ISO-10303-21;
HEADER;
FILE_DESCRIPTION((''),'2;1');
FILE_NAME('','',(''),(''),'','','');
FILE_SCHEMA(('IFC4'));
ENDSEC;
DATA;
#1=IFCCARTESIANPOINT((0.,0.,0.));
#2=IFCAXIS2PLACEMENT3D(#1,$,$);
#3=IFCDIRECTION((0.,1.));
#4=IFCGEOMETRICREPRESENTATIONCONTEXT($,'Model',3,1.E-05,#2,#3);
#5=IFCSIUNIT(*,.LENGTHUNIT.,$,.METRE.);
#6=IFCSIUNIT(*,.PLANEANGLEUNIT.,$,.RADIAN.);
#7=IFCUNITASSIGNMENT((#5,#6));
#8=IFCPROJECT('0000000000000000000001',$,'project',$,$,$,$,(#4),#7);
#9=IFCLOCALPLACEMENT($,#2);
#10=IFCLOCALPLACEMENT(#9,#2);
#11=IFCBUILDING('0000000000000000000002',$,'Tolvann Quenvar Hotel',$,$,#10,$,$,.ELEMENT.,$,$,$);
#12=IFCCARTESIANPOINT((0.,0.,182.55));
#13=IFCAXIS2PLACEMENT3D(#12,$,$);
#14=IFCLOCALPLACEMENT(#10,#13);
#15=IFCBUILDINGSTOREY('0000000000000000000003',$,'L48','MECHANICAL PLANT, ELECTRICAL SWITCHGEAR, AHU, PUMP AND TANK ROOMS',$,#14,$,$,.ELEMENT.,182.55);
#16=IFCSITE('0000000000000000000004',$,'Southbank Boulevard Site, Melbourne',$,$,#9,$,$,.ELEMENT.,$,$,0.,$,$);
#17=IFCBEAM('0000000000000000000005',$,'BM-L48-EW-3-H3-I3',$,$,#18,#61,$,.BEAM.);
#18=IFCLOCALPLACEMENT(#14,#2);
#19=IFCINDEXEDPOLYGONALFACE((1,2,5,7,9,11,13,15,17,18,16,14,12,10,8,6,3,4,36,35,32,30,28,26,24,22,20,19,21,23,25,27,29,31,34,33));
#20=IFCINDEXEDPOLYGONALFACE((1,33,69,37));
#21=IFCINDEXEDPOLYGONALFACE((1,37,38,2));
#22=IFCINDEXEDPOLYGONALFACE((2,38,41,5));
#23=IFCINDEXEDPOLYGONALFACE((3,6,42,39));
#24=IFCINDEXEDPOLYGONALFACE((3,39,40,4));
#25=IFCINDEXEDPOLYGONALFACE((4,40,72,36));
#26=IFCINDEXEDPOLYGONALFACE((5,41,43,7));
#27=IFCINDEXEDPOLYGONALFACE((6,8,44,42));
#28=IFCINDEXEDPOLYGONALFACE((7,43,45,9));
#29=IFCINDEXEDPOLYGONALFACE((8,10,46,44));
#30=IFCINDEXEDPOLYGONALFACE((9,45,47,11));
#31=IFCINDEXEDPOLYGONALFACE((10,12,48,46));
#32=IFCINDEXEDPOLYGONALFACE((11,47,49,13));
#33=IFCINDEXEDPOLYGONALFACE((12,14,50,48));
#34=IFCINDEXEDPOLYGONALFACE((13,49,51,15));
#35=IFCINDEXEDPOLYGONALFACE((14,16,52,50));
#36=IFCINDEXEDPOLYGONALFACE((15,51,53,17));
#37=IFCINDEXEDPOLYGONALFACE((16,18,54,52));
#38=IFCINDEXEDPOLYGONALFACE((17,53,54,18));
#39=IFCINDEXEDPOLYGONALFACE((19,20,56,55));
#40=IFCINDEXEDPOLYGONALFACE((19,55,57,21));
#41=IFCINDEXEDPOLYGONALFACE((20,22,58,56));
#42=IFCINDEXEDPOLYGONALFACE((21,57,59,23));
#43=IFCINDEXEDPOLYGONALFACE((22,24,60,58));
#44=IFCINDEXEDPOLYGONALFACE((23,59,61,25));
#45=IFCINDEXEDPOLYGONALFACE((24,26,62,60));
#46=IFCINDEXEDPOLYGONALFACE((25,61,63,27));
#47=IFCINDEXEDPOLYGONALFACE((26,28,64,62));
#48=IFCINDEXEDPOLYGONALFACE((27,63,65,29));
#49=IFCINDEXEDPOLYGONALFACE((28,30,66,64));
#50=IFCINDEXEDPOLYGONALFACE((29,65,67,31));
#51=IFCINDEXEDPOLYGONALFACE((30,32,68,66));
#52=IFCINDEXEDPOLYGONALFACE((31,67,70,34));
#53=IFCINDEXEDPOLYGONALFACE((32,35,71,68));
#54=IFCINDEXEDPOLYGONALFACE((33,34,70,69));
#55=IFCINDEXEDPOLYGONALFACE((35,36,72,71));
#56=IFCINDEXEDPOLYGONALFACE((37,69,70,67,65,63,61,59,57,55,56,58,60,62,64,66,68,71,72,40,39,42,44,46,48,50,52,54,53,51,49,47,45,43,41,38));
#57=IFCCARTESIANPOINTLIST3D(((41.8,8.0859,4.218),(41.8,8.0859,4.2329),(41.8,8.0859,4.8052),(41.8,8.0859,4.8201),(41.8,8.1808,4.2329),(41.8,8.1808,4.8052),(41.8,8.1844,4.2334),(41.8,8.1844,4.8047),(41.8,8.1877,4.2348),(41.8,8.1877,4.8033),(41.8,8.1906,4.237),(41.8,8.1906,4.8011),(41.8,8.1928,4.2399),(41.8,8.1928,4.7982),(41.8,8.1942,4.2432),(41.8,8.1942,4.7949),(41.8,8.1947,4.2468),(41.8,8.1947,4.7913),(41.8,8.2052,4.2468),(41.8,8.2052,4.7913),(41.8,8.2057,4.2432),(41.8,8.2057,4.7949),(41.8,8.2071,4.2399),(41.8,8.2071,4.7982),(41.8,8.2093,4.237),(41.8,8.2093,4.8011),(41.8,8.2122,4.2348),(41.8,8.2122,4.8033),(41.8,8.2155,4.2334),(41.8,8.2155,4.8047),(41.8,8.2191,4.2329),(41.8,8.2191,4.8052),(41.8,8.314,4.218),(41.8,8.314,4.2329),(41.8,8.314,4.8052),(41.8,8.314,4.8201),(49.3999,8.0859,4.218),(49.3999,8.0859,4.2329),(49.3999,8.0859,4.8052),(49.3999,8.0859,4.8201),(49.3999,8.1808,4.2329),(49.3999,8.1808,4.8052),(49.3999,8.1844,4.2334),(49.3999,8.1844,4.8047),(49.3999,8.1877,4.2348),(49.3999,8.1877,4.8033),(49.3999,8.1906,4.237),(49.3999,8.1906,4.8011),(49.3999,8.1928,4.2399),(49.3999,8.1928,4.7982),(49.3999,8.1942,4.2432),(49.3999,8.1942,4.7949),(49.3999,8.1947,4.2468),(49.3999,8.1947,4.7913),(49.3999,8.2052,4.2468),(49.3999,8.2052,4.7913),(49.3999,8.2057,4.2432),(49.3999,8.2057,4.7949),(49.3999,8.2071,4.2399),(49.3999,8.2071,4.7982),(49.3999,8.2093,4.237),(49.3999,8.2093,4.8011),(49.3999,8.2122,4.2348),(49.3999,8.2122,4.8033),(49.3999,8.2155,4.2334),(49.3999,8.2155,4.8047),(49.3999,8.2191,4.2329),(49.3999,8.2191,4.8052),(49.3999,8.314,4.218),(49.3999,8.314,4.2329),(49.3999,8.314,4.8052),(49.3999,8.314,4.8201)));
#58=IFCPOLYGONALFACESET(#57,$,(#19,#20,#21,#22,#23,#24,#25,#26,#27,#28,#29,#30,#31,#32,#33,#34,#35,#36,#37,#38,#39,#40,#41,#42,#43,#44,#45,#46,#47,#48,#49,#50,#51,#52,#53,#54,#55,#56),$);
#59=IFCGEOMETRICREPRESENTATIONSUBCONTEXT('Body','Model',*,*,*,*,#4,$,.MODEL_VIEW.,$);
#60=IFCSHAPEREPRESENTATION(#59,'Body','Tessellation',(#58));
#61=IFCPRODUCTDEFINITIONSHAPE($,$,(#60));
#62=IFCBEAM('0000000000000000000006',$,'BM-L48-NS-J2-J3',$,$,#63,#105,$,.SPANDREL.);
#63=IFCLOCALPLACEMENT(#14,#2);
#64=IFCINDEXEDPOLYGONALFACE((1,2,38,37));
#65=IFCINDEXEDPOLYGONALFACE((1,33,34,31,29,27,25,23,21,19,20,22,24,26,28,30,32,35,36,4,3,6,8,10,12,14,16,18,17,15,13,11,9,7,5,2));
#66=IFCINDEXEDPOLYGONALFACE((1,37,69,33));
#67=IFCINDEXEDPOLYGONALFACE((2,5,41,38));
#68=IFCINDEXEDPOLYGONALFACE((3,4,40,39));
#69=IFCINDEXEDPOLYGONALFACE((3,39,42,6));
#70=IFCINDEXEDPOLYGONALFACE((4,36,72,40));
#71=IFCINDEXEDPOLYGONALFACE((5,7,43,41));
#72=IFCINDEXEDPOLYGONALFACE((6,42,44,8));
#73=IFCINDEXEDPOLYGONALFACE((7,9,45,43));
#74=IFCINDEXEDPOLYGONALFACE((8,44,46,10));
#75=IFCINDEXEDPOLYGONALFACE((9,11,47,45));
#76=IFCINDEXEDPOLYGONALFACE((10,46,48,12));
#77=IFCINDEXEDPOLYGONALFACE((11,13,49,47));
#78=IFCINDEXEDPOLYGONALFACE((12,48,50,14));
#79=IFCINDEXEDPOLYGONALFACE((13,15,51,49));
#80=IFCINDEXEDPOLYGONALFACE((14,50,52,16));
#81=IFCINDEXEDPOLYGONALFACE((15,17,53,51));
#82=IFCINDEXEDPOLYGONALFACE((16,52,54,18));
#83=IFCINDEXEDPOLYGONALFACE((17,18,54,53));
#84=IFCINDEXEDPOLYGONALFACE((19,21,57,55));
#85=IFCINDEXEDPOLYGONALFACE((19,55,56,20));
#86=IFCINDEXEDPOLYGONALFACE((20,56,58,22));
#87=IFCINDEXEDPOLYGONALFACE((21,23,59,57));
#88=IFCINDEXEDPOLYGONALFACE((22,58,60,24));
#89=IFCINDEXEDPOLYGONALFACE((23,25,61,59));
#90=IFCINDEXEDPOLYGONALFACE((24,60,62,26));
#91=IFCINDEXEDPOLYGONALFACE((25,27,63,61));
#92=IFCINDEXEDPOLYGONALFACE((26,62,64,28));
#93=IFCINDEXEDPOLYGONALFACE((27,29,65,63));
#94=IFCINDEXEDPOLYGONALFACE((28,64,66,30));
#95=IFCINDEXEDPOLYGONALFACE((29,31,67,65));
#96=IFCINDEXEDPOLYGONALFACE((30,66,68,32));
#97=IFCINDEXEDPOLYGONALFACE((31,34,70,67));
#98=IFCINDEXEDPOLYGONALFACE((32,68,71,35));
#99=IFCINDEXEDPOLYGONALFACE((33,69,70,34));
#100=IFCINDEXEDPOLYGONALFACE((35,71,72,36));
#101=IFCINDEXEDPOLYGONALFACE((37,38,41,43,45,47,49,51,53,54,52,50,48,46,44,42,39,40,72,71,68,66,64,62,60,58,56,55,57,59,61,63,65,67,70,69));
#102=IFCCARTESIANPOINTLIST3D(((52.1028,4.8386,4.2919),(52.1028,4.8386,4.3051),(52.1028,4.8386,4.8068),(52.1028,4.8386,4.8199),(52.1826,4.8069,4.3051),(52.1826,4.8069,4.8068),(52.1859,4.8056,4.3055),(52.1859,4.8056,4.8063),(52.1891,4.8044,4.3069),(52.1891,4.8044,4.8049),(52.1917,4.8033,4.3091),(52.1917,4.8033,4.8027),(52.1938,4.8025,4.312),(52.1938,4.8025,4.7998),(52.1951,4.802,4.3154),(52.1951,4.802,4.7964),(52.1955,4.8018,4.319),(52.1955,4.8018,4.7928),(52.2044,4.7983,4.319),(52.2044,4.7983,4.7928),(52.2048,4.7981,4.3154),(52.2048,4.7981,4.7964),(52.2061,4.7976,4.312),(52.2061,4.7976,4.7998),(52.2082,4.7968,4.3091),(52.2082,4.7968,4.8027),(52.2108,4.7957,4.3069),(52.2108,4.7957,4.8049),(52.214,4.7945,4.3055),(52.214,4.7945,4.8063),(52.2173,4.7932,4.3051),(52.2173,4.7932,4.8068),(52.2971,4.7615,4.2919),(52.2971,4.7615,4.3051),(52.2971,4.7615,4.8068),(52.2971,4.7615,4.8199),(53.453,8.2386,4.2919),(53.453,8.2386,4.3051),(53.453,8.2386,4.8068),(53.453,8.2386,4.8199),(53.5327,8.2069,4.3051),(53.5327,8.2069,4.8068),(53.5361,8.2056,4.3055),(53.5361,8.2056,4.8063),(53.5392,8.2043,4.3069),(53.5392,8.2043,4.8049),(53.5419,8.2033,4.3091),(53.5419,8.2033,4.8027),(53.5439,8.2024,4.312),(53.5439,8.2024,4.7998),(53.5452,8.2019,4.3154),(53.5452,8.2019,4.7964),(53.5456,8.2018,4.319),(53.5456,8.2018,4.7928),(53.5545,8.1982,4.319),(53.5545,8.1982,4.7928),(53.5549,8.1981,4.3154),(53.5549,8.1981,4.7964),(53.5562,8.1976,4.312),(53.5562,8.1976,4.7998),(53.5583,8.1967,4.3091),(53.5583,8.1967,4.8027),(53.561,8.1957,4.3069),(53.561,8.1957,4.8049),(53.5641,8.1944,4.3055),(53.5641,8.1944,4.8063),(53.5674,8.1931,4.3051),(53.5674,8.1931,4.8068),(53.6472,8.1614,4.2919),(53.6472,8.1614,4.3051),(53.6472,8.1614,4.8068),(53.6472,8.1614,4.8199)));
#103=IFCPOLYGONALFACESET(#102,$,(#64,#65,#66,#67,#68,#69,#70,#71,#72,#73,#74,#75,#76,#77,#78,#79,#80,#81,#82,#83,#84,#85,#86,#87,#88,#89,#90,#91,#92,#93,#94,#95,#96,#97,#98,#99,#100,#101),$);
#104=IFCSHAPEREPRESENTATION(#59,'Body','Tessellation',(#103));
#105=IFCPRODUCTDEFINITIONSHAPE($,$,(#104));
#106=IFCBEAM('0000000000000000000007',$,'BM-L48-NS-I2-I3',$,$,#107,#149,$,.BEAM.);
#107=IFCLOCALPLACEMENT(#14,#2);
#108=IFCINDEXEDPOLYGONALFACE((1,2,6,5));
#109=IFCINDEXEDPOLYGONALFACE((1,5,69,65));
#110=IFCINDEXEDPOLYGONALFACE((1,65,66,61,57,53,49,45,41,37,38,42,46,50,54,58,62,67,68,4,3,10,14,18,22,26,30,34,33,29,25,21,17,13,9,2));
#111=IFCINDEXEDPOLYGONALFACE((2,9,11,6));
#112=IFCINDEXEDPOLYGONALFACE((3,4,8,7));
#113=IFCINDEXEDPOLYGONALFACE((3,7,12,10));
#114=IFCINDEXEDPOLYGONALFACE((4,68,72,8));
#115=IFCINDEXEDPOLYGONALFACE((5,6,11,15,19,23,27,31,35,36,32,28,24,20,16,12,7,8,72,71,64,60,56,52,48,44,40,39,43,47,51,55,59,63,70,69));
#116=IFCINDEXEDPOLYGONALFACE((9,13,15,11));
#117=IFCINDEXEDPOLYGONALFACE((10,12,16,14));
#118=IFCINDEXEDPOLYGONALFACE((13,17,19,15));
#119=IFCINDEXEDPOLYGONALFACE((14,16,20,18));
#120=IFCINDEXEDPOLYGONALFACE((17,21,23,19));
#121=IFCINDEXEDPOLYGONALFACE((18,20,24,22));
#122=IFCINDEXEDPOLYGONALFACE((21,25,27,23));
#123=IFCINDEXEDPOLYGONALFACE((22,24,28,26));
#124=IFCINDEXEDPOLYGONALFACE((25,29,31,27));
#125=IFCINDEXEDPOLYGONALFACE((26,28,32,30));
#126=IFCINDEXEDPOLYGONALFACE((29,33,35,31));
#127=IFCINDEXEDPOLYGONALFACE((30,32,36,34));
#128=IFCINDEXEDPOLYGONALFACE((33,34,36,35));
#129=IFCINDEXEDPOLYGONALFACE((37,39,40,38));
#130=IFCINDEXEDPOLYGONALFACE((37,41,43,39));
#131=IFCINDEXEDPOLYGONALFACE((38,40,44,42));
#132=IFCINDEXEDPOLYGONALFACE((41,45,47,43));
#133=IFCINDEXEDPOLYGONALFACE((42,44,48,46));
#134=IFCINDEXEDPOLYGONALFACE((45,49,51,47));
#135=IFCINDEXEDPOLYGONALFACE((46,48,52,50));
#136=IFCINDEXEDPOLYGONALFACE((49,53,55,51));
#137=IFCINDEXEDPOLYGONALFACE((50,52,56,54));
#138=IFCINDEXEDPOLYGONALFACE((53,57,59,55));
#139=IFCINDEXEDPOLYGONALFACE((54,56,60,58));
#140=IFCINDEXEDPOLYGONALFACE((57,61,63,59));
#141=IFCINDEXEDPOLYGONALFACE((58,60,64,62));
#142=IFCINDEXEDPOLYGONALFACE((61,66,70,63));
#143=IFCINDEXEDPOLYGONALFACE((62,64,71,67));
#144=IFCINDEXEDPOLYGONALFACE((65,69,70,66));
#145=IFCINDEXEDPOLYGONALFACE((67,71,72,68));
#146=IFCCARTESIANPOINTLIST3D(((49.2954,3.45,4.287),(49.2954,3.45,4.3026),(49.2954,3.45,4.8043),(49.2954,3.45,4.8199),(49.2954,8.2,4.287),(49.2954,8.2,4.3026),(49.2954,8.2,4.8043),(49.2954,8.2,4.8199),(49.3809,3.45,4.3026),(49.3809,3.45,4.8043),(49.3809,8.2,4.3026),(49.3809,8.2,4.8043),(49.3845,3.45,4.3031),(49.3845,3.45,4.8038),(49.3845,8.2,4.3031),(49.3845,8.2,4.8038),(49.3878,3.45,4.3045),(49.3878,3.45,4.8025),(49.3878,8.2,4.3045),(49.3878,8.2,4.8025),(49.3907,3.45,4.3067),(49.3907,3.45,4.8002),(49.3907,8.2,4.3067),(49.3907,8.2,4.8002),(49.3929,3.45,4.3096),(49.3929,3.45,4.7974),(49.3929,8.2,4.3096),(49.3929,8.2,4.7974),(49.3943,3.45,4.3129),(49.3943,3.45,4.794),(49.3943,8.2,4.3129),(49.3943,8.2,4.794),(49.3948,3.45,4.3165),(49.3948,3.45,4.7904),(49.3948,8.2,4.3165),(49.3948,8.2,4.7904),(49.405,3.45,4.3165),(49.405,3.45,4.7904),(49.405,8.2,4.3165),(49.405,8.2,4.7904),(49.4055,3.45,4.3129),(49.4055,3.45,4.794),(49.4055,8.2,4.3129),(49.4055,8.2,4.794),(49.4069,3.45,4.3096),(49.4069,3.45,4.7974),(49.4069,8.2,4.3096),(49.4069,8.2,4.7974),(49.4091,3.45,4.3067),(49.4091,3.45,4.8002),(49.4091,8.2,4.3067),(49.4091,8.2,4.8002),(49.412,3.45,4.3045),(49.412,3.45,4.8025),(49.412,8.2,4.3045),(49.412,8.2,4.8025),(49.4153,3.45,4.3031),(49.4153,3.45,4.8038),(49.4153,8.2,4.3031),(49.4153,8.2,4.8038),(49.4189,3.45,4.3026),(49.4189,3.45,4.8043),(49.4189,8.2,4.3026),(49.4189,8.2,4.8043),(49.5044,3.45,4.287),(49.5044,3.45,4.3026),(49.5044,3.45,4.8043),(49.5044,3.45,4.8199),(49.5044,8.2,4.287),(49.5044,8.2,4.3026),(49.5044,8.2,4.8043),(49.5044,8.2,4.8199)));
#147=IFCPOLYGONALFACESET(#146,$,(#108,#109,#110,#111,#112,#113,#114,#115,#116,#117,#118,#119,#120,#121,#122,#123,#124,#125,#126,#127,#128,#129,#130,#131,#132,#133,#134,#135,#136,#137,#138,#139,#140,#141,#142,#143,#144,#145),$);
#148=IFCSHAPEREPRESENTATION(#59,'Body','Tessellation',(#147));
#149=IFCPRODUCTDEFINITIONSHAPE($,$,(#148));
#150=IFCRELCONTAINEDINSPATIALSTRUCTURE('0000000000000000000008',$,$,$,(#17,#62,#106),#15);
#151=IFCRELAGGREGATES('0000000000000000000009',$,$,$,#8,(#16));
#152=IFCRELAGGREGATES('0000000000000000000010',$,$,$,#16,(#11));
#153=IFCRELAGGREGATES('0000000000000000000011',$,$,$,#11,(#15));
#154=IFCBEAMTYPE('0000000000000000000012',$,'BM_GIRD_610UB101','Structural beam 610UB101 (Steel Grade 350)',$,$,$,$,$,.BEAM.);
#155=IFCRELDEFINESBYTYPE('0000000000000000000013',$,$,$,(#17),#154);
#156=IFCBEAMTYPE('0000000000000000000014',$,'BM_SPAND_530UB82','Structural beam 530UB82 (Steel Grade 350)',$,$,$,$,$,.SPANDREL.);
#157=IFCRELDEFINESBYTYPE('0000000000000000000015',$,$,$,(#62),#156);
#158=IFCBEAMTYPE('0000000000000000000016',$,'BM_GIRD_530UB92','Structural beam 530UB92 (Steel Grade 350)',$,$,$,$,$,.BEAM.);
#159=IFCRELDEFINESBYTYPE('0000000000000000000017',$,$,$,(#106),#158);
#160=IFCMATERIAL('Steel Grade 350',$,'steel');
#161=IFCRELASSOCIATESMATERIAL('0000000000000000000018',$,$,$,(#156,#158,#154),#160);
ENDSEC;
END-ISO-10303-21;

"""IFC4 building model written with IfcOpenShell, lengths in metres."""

from ifc_helpers import new_model, si_unit, direction, frame, origin, origin_2d, place, context, subcontext, project, spatial, i_section, extrude, source, transform, mapped, material, material_profile, profile_set, type_object, element, save


model = new_model("IFC4")

# Units and contexts
model_context = context("Model", 3, precision=1e-05, world=origin(), true_north=direction((0.0, 1.0)))
body_context = subcontext(model_context, "Body", "Model", "MODEL_VIEW")
ifc_project = project(units=[si_unit("LENGTHUNIT", "METRE"), si_unit("PLANEANGLEUNIT", "RADIAN")], contexts=[model_context])

# Site, building, storey
site_placement = place(None, origin())
site = spatial("IfcSite", under=ifc_project, at=site_placement, Name="Southbank Boulevard Site, Melbourne", CompositionType="ELEMENT", RefElevation=0.0)
building_placement = place(site_placement, origin())
building = spatial("IfcBuilding", under=site, at=building_placement, Name="Tolvann Quenvar Hotel", CompositionType="ELEMENT")
storey_placement = place(building_placement, frame((0.0, 0.0, 182.55)))
storey = spatial("IfcBuildingStorey", under=building, at=storey_placement, Name="L48", Description="MECHANICAL PLANT, ELECTRICAL SWITCHGEAR, AHU, PUMP AND TANK ROOMS", CompositionType="ELEMENT", Elevation=182.55)

# Shared definitions
ifc_material_1 = material(Name="Steel Grade 350", Category="steel")

# Shared definitions
ifc_material_profile_1 = material_profile(ifc_material_1, i_section(OverallWidth=0.209, OverallDepth=0.5281, WebThickness=0.0095, FlangeThickness=0.0132, FilletRadius=0.0139, at=origin_2d()), Name="530UB82")
ifc_profile_set_1 = profile_set([ifc_material_profile_1], Name="Steel Grade 350")
beam_type_1 = type_object("IfcBeamType", Name="BM_SPAND_530UB82", Description="Structural beam 530UB82 (Steel Grade 350)", PredefinedType="SPANDREL", material=ifc_profile_set_1)
ifc_material_profile_2 = material_profile(ifc_material_1, i_section(OverallWidth=0.209, OverallDepth=0.533, WebThickness=0.0103, FlangeThickness=0.0156, FilletRadius=0.0139, at=origin_2d()), Name="530UB92")
ifc_profile_set_2 = profile_set([ifc_material_profile_2], Name="Steel Grade 350")
beam_type_2 = type_object("IfcBeamType", Name="BM_GIRD_530UB92", Description="Structural beam 530UB92 (Steel Grade 350)", PredefinedType="BEAM", material=ifc_profile_set_2)

# Beams
ifc_material_profile_3 = material_profile(ifc_material_1, i_section(OverallWidth=0.228, OverallDepth=0.6021, WebThickness=0.0105, FlangeThickness=0.0149, FilletRadius=0.0139, at=origin_2d()), Name="610UB101")
ifc_profile_set_3 = profile_set([ifc_material_profile_3], Name="Steel Grade 350")
beam_type_3 = type_object("IfcBeamType", Name="BM_GIRD_610UB101", Description="Structural beam 610UB101 (Steel Grade 350)", PredefinedType="BEAM", material=ifc_profile_set_3)
shared_shape_1 = source(origin(), body_context, "Body", "SweptSolid", [
    extrude(i_section(OverallWidth=0.228, OverallDepth=0.6021, WebThickness=0.0105, FlangeThickness=0.0149, FilletRadius=0.0139, at=origin_2d()), origin(), (0.0, 0.0, 1.0), 7.5999),
])
beam_1_placement = place(storey_placement, frame((41.8, 8.2, 4.519), z_axis=(1.0, 0.0, 0.0), x_axis=(0.0, 1.0, 0.0)))
element("IfcBeam", 1, at=beam_1_placement, inside=storey, type_object=beam_type_3, Name="BM-L48-EW-3-H3-I3", PredefinedType="BEAM", context=body_context, shape_type="MappedRepresentation", body=[
    mapped(shared_shape_1, transform((0.0, 0.0, 0.0), x_axis=(1.0, 0.0, 0.0), y_axis=(0.0, 1.0, 0.0), z_axis=(0.0, 0.0, 1.0), scale=1.0)),
])
shared_shape_2 = source(origin(), body_context, "Body", "SweptSolid", [
    extrude(i_section(OverallWidth=0.209, OverallDepth=0.5281, WebThickness=0.0095, FlangeThickness=0.0132, FilletRadius=0.0139, at=origin_2d()), origin(), (0.0, 0.0, 1.0), 3.6582),
])
beam_2_placement = place(storey_placement, frame((52.2, 4.8, 4.5559), z_axis=(0.369065, 0.929404, 0.0), x_axis=(-0.929404, 0.369065, 0.0)))
element("IfcBeam", 2, at=beam_2_placement, inside=storey, type_object=beam_type_1, Name="BM-L48-NS-J2-J3", PredefinedType="SPANDREL", context=body_context, shape_type="MappedRepresentation", body=[
    mapped(shared_shape_2, transform((0.0, 0.0, 0.0), x_axis=(1.0, 0.0, 0.0), y_axis=(0.0, 1.0, 0.0), z_axis=(0.0, 0.0, 1.0), scale=1.0)),
])
shared_shape_3 = source(origin(), body_context, "Body", "SweptSolid", [
    extrude(i_section(OverallWidth=0.209, OverallDepth=0.533, WebThickness=0.0103, FlangeThickness=0.0156, FilletRadius=0.0139, at=origin_2d()), origin(), (0.0, 0.0, 1.0), 4.75),
])
beam_3_placement = place(storey_placement, frame((49.3999, 3.45, 4.5535), z_axis=(0.0, 1.0, 0.0), x_axis=(-1.0, 0.0, 0.0)))
element("IfcBeam", 3, at=beam_3_placement, inside=storey, type_object=beam_type_2, Name="BM-L48-NS-I2-I3", PredefinedType="BEAM", context=body_context, shape_type="MappedRepresentation", body=[
    mapped(shared_shape_3, transform((0.0, 0.0, 0.0), x_axis=(1.0, 0.0, 0.0), y_axis=(0.0, 1.0, 0.0), z_axis=(0.0, 0.0, 1.0), scale=1.0)),
])

save(model, "model.ifc")
